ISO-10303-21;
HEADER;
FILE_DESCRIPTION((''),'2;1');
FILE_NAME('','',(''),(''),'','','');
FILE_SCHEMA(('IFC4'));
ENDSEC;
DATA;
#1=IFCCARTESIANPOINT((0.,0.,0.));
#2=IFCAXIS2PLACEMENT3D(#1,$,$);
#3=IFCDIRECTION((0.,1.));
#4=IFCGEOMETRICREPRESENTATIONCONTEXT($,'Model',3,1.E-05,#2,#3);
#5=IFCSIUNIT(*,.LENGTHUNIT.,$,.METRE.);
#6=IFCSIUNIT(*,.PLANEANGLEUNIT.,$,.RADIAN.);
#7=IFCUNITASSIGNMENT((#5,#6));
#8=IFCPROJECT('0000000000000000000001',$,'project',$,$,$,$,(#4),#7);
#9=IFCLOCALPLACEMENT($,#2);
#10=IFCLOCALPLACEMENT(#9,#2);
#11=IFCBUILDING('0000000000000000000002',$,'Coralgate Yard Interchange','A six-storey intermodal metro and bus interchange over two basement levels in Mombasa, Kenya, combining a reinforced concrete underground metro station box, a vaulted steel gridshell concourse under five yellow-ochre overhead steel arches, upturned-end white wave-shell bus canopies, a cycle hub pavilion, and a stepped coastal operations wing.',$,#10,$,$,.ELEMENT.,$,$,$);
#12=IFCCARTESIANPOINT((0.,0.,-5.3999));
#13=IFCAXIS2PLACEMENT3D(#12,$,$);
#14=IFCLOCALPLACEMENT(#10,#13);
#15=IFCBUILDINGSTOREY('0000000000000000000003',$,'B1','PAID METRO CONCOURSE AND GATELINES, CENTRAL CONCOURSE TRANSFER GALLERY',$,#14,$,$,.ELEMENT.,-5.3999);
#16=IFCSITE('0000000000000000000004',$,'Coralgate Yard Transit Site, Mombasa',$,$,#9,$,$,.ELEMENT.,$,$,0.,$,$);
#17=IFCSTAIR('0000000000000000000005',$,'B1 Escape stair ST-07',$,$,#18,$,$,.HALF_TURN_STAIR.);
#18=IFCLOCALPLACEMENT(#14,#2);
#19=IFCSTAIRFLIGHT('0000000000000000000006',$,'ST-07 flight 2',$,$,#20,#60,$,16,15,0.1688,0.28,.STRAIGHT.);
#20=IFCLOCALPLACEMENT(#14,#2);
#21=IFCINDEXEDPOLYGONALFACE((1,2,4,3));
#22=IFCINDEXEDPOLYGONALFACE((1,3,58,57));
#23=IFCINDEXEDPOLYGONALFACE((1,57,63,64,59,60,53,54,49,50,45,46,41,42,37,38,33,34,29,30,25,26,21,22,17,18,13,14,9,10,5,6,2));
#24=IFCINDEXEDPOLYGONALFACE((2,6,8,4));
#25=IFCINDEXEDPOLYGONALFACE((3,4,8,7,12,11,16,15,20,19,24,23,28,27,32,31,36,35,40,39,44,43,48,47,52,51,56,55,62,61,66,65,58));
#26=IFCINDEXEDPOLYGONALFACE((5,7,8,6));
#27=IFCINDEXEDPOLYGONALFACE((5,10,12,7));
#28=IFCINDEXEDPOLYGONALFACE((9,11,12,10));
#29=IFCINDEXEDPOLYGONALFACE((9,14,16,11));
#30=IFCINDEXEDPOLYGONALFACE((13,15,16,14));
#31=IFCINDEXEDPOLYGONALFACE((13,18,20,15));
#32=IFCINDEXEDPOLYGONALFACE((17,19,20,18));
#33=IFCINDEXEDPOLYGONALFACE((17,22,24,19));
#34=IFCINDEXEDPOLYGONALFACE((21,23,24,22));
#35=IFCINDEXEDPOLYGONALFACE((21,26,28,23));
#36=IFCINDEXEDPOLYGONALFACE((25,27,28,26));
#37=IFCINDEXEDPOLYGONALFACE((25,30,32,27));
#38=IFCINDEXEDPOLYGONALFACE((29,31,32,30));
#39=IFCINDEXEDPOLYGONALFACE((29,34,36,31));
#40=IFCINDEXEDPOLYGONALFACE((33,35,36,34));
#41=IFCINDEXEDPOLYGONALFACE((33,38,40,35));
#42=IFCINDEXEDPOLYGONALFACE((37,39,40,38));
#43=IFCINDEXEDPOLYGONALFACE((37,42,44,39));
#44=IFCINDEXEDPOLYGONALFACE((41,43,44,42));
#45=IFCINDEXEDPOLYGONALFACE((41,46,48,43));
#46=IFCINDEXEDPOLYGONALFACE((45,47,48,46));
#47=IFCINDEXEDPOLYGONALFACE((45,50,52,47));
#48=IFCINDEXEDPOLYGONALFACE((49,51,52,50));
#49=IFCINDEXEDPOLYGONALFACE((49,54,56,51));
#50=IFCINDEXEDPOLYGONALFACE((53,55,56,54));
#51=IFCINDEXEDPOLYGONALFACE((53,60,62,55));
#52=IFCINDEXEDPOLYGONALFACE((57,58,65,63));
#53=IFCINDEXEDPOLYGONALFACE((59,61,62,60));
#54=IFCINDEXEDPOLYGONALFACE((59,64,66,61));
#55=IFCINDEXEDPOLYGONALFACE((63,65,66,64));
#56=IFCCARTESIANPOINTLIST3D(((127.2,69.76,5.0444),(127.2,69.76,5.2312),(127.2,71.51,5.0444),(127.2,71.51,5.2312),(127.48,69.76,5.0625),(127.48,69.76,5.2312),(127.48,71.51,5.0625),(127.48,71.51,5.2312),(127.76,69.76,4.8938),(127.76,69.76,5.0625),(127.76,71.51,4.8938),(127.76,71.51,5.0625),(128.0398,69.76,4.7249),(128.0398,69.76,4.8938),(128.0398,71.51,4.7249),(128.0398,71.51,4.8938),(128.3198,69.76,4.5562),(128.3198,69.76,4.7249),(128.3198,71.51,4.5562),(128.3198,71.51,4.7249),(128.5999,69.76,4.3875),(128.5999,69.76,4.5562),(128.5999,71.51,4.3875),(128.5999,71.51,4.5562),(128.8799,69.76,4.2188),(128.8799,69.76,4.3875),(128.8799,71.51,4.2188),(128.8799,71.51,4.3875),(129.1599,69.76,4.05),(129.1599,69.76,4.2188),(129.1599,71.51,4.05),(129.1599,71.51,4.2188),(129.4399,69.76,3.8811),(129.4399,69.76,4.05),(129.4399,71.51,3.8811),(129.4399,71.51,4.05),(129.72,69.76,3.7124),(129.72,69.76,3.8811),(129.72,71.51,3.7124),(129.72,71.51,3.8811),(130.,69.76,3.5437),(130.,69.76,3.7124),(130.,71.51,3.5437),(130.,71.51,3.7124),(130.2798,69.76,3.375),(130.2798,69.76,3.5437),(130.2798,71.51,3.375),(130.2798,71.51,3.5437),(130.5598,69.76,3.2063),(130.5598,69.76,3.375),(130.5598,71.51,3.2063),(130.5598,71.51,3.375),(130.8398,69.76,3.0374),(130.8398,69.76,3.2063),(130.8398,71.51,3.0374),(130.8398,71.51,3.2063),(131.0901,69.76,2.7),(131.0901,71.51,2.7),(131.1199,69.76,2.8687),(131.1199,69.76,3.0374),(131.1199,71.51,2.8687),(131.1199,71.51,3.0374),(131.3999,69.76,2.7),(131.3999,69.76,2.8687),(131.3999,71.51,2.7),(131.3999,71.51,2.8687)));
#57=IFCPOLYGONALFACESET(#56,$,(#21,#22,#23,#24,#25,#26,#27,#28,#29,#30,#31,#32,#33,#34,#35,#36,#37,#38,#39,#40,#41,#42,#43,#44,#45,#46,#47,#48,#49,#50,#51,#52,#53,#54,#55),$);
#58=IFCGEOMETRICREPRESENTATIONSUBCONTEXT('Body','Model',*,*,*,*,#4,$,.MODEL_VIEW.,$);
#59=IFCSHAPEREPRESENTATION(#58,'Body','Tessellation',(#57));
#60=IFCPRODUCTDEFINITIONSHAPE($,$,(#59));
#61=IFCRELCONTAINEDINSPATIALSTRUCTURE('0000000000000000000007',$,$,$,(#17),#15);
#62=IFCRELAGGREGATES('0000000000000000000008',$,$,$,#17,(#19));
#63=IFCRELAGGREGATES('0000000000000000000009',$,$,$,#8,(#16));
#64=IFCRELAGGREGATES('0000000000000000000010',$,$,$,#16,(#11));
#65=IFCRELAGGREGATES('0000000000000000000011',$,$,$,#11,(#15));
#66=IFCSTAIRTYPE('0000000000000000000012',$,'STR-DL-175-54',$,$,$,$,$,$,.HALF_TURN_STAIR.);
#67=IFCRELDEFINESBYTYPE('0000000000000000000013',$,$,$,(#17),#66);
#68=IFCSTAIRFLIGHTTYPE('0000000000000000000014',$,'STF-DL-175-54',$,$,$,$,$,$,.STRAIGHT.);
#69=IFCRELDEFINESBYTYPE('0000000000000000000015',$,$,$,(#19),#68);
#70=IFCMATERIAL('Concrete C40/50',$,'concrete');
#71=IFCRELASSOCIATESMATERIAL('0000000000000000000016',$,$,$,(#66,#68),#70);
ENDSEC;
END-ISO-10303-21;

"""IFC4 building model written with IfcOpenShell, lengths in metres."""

from ifc_helpers import new_model, si_unit, direction, frame, origin, place, context, subcontext, project, spatial, polyline, outline, extrude, material, type_object, element, aggregate, save


model = new_model("IFC4")

# Units and contexts
model_context = context("Model", 3, precision=1e-05, world=origin(), true_north=direction((0.0, 1.0)))
body_context = subcontext(model_context, "Body", "Model", "MODEL_VIEW")
ifc_project = project(units=[si_unit("LENGTHUNIT", "METRE"), si_unit("PLANEANGLEUNIT", "RADIAN")], contexts=[model_context])

# Site, building, storey
site_placement = place(None, origin())
site = spatial("IfcSite", under=ifc_project, at=site_placement, Name="Coralgate Yard Transit Site, Mombasa", CompositionType="ELEMENT", RefElevation=0.0)
building_placement = place(site_placement, origin())
building = spatial("IfcBuilding", under=site, at=building_placement, Name="Coralgate Yard Interchange", Description="A six-storey intermodal metro and bus interchange over two basement levels in Mombasa, Kenya, combining a reinforced concrete underground metro station box, a vaulted steel gridshell concourse under five yellow-ochre overhead steel arches, upturned-end white wave-shell bus canopies, a cycle hub pavilion, and a stepped coastal operations wing.", CompositionType="ELEMENT")
storey_placement = place(building_placement, frame((0.0, 0.0, -5.3999)))
storey = spatial("IfcBuildingStorey", under=building, at=storey_placement, Name="B1", Description="PAID METRO CONCOURSE AND GATELINES, CENTRAL CONCOURSE TRANSFER GALLERY", CompositionType="ELEMENT", Elevation=-5.3999)

# Shared definitions
ifc_material_1 = material(Name="Concrete C40/50", Category="concrete")

# Stair, stair flight
stair_type = type_object("IfcStairType", Name="STR-DL-175-54", PredefinedType="HALF_TURN_STAIR", material=ifc_material_1)
stair_placement = place(storey_placement, origin())
stair = element("IfcStair", 1, at=stair_placement, inside=storey, type_object=stair_type, Name="B1 Escape stair ST-07", PredefinedType="HALF_TURN_STAIR")
stair_flight_type = type_object("IfcStairFlightType", Name="STF-DL-175-54", PredefinedType="STRAIGHT", material=ifc_material_1)
stair_flight_1_placement = place(storey_placement, frame((131.3999, 70.635, 2.7), z_axis=(0.0, 0.0, 1.0), x_axis=(-1.0, 0.0, 0.0)))
stair_flight_1 = element("IfcStairFlight", 2, at=stair_flight_1_placement, type_object=stair_flight_type, Name="ST-07 flight 2", NumberOfRisers=16, NumberOfTreads=15, PredefinedType="STRAIGHT", RiserHeight=0.1688, TreadLength=0.28, context=body_context, shape_type="SweptSolid", body=[
    extrude(outline(polyline([(0.0, 0.0), (0.0, 0.1687), (0.28, 0.1687), (0.28, 0.3374), (0.5601, 0.3374), (0.5601, 0.5063), (0.8401, 0.5063), (0.8401, 0.675), (1.1201, 0.675), (1.1201, 0.8438), (1.3999, 0.8438), (1.3999, 1.0125), (1.6799, 1.0125), (1.6799, 1.1812), (1.96, 1.1812), (1.96, 1.3501), (2.24, 1.3501), (2.24, 1.5188), (2.52, 1.5188), (2.52, 1.6875), (2.8, 1.6875), (2.8, 1.8562), (3.0801, 1.8562), (3.0801, 2.0249), (3.3601, 2.0249), (3.3601, 2.1938), (3.6399, 2.1938), (3.6399, 2.3625), (3.9199, 2.3625), (3.9199, 2.5312), (4.2, 2.5312), (4.2, 2.7), (4.2, 2.3445), (0.3098, 0.0), (0.0, 0.0)])), frame((0.0, 0.875, 0.0), z_axis=(0.0, -1.0, 0.0), x_axis=(1.0, 0.0, 0.0)), (0.0, 0.0, 1.0), 1.75),
])
aggregate(stair, [stair_flight_1])

save(model, "model.ifc")
